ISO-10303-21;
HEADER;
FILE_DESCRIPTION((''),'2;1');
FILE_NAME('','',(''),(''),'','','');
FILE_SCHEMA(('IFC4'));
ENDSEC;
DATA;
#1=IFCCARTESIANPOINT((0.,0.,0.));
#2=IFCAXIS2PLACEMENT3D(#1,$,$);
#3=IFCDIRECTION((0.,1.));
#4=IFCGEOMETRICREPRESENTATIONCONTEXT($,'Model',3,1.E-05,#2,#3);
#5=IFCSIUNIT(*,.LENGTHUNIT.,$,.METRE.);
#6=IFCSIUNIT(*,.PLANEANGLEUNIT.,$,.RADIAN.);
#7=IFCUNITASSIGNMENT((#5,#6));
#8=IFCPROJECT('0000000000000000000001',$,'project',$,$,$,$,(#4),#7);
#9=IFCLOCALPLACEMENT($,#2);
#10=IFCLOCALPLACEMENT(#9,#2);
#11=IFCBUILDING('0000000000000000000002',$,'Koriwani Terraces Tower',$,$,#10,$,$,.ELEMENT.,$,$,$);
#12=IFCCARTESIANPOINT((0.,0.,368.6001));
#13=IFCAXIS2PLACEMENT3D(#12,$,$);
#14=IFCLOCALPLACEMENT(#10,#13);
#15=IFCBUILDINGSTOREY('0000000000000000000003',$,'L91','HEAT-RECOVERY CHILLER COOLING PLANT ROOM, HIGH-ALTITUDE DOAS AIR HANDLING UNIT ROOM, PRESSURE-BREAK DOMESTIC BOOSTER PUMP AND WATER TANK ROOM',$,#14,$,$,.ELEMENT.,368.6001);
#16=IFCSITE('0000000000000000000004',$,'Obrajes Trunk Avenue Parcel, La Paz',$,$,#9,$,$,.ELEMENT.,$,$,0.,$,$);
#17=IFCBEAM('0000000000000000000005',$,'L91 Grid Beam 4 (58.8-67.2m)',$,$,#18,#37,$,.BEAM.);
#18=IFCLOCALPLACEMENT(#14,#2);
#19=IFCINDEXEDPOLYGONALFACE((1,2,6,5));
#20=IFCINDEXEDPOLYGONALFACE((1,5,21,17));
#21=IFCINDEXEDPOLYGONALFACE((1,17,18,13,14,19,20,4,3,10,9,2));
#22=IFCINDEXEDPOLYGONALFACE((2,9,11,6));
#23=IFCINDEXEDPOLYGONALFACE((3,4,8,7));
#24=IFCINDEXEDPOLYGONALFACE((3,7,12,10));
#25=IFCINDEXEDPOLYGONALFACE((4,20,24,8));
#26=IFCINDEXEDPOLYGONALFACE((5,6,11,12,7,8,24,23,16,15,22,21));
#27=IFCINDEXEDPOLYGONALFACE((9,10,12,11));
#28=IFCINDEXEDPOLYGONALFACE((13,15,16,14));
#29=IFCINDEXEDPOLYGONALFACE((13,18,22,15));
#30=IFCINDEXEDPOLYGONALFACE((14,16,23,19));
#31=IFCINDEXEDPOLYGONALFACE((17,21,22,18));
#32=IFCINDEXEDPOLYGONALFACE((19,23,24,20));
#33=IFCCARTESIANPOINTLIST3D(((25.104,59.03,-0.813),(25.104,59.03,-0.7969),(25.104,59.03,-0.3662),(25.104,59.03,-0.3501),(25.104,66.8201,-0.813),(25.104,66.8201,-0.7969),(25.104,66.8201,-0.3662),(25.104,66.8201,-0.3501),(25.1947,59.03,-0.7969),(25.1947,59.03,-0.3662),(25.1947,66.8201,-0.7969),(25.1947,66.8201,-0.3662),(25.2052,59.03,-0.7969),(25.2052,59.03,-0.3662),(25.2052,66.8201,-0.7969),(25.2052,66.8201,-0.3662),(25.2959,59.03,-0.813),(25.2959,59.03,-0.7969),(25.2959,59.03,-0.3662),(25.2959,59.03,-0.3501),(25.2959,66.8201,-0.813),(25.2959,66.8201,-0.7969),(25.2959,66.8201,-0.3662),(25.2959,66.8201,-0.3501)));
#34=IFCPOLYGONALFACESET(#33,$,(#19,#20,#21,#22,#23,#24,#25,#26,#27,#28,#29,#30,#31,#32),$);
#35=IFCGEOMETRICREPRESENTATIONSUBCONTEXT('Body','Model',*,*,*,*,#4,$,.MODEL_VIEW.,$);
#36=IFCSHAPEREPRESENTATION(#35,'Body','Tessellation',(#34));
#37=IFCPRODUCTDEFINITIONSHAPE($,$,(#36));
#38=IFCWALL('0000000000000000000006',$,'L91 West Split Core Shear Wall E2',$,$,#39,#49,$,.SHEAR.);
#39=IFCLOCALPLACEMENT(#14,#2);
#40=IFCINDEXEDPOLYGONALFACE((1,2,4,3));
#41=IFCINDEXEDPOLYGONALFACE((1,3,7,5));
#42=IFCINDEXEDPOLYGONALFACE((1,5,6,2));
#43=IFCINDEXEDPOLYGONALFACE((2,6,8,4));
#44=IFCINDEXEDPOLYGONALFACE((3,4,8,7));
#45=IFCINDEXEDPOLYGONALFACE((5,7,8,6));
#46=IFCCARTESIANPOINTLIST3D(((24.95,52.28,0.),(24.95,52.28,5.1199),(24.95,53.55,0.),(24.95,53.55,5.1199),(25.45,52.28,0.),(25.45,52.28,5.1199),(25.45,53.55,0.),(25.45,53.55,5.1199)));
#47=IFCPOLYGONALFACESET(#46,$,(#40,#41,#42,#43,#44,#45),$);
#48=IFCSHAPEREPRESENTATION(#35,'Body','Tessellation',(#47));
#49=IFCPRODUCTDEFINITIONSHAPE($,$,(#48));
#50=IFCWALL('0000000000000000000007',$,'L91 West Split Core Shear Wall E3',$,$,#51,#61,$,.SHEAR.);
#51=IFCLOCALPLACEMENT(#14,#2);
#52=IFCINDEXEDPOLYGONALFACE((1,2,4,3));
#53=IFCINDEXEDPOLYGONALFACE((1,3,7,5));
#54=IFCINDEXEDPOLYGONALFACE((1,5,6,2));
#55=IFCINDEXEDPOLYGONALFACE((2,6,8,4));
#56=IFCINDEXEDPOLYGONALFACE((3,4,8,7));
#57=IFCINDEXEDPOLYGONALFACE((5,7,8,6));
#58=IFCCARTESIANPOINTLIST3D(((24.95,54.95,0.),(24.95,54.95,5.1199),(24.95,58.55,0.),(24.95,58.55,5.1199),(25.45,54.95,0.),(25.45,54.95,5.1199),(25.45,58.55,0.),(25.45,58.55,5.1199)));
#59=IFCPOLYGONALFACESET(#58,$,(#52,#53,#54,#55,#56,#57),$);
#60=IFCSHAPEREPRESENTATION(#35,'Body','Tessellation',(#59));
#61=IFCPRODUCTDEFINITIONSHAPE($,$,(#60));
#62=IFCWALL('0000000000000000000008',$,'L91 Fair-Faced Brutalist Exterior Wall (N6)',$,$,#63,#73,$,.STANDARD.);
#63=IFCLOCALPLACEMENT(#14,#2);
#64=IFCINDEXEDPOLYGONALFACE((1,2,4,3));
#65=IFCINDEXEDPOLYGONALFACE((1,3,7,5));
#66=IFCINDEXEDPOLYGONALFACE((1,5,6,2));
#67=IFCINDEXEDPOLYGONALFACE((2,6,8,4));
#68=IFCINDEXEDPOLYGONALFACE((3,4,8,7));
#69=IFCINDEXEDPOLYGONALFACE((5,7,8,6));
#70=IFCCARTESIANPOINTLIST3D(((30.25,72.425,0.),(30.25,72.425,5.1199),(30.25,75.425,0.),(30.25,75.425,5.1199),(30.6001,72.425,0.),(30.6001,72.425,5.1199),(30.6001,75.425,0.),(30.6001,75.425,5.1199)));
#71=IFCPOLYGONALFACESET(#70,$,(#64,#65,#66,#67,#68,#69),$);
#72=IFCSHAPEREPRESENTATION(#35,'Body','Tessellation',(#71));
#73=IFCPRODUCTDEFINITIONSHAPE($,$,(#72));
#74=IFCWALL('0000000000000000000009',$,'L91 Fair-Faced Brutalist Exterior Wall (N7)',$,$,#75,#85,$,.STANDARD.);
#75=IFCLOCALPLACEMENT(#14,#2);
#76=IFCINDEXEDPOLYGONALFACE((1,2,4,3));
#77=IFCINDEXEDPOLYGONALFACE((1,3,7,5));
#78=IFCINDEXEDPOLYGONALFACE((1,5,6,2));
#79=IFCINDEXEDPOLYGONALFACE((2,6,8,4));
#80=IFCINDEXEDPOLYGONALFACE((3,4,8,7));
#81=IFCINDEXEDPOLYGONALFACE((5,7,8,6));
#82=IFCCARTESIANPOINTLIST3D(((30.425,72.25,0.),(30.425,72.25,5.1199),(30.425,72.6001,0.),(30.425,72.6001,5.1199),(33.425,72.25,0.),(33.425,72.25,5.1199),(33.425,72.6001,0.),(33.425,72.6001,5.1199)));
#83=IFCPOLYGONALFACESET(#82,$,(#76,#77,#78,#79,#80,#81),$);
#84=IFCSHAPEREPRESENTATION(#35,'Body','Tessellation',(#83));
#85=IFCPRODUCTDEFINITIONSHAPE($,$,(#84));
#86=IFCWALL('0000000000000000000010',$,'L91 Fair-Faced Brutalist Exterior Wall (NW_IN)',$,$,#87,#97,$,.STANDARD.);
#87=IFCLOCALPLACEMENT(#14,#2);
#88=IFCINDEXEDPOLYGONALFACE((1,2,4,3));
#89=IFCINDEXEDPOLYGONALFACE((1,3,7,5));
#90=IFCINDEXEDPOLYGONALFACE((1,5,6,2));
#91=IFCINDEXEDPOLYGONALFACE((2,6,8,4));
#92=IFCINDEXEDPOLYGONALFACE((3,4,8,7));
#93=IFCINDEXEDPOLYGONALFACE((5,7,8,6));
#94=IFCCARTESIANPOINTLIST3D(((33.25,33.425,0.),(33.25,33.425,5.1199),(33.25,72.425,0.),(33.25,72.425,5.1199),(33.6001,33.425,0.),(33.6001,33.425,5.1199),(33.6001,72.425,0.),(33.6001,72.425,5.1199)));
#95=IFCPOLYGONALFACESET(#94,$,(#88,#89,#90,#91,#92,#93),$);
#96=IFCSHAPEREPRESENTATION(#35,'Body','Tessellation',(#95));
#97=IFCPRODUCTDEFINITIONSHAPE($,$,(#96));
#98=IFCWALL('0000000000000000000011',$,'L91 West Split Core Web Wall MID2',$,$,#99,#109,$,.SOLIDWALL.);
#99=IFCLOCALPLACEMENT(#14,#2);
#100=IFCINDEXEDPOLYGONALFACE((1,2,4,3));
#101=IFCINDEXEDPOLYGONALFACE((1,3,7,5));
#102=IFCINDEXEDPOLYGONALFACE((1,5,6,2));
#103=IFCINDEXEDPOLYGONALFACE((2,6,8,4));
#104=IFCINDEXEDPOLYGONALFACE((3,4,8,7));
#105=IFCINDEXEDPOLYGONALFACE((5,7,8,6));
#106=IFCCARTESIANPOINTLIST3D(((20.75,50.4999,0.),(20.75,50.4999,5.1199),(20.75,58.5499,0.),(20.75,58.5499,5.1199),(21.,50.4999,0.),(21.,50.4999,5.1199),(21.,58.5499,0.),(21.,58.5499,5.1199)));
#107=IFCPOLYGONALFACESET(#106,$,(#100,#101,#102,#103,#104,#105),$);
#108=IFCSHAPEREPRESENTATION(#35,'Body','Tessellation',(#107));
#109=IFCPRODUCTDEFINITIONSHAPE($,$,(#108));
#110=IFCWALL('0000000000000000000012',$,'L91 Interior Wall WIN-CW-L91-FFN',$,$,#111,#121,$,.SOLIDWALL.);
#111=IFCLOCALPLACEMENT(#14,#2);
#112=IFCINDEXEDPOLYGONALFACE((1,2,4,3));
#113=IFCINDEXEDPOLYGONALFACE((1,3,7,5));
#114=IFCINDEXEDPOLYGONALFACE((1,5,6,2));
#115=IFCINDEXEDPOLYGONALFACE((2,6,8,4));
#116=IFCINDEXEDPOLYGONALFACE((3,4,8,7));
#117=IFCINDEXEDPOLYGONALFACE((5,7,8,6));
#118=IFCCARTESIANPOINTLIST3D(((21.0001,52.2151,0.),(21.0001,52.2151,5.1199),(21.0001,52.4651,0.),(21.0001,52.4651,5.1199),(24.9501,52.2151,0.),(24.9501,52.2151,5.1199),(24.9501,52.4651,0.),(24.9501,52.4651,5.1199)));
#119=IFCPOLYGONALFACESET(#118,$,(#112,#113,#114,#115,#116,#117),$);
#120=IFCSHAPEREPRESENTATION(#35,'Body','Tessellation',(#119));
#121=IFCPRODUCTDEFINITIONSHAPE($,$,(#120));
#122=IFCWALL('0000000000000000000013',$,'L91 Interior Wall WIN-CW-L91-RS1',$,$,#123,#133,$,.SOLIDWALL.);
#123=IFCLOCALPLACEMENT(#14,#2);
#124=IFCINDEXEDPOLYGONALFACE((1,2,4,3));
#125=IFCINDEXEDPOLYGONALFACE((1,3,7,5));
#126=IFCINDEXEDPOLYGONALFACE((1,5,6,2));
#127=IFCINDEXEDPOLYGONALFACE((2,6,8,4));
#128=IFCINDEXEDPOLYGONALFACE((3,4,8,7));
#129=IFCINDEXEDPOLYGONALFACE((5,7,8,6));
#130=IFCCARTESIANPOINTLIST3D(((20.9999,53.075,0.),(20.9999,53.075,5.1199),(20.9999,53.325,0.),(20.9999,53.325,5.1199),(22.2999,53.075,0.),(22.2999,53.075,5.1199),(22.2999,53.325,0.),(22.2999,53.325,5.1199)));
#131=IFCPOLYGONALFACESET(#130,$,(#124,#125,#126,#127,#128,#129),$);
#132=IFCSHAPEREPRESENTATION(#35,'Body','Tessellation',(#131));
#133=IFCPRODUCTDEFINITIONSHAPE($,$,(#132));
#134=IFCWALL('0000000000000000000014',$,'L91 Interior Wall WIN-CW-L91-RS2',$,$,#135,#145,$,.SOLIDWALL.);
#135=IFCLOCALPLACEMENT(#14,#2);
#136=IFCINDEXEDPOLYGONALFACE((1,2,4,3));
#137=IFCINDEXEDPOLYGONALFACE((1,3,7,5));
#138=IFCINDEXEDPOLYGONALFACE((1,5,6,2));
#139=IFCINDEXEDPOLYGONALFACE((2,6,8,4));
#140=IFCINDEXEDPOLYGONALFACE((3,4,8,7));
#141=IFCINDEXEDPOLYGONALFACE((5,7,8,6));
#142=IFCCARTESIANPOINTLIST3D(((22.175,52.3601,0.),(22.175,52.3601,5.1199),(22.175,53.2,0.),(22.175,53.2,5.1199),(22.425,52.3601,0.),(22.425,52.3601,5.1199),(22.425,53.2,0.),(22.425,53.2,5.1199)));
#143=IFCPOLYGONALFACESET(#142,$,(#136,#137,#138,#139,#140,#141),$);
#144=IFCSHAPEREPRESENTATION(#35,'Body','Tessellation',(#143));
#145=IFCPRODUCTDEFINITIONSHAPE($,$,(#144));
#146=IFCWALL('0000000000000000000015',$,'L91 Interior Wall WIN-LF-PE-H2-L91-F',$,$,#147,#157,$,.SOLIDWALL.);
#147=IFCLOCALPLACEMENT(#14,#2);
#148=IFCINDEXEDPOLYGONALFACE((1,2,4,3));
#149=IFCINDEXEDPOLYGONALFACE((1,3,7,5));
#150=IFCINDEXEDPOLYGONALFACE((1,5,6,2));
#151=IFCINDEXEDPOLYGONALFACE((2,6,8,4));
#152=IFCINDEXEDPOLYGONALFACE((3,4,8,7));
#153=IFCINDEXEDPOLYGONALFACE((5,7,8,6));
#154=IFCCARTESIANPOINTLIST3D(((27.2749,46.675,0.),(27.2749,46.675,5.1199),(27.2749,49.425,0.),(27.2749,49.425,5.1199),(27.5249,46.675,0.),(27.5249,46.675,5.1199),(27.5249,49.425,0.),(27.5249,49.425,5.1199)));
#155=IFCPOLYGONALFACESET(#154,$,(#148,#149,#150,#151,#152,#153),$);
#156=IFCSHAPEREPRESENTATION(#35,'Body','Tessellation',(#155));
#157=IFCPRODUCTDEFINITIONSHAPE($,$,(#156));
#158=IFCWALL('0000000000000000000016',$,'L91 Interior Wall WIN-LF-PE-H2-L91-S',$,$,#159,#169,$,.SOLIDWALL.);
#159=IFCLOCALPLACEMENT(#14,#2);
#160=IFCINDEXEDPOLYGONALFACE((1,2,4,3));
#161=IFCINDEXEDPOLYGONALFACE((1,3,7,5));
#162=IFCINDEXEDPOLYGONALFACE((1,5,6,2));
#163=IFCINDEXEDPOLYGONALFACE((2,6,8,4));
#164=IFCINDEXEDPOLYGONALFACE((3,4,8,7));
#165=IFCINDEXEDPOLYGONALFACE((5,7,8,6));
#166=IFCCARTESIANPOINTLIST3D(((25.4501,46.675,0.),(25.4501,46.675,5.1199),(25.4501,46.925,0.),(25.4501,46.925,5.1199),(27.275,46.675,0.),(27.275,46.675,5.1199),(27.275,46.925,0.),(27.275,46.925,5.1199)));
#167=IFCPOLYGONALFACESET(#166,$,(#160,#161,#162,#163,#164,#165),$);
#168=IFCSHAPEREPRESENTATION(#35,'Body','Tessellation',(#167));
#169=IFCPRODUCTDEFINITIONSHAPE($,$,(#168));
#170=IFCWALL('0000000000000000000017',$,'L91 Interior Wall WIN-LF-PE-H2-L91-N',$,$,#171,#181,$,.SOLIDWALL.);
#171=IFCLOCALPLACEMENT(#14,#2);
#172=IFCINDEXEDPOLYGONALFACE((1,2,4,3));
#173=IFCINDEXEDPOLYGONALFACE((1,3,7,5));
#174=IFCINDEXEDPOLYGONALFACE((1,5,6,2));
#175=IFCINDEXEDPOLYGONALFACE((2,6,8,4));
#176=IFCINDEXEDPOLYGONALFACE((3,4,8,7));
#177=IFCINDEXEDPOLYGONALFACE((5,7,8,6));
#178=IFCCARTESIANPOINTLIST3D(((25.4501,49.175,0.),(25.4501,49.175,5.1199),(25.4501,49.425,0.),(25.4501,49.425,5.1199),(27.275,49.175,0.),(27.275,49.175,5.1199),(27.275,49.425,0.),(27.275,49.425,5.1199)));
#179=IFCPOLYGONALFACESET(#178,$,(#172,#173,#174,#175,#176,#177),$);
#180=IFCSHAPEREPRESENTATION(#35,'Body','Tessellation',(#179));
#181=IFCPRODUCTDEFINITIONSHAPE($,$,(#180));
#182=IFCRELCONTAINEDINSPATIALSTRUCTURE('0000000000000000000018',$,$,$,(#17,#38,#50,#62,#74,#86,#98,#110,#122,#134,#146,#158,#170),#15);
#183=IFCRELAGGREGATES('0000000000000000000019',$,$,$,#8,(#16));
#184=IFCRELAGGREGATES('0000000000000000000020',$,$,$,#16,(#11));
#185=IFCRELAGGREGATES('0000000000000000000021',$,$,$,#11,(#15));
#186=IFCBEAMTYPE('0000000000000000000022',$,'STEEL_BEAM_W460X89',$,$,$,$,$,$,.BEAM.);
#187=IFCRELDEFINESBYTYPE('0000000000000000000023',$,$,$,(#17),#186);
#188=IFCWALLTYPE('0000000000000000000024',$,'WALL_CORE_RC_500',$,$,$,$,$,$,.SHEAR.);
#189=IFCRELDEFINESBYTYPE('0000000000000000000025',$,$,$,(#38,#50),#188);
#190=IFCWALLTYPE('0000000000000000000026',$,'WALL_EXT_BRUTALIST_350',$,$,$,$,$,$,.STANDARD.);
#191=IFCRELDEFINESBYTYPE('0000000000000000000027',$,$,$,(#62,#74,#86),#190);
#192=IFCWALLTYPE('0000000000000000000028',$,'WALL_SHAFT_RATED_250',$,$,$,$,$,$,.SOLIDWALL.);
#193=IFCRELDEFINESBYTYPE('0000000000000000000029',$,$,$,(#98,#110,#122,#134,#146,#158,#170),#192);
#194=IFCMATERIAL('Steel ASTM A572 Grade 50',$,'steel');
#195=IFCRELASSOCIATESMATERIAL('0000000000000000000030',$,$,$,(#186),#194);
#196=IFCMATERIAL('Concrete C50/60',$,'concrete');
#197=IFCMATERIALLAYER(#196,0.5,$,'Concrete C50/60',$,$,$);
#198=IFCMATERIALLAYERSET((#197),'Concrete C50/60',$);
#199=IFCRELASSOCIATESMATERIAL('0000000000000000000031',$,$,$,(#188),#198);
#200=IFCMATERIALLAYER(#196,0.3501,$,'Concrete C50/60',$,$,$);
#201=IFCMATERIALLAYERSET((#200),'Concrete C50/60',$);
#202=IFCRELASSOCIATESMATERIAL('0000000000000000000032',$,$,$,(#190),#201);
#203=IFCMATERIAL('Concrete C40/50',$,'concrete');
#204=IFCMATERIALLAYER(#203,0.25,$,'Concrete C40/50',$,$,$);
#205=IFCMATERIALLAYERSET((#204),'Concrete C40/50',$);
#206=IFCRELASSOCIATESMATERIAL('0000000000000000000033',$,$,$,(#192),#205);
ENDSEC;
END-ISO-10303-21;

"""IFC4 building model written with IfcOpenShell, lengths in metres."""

from ifc_helpers import new_model, si_unit, direction, frame, frame_2d, origin, origin_2d, place, context, subcontext, project, spatial, rectangle, i_section, extrude, material, layer, layer_set, material_profile, profile_set, type_object, element, save


model = new_model("IFC4")

# Units and contexts
model_context = context("Model", 3, precision=1e-05, world=origin(), true_north=direction((0.0, 1.0)))
body_context = subcontext(model_context, "Body", "Model", "MODEL_VIEW")
ifc_project = project(units=[si_unit("LENGTHUNIT", "METRE"), si_unit("PLANEANGLEUNIT", "RADIAN")], contexts=[model_context])

# Site, building, storey
site_placement = place(None, origin())
site = spatial("IfcSite", under=ifc_project, at=site_placement, Name="Obrajes Trunk Avenue Parcel, La Paz", CompositionType="ELEMENT", RefElevation=0.0)
building_placement = place(site_placement, origin())
building = spatial("IfcBuilding", under=site, at=building_placement, Name="Koriwani Terraces Tower", CompositionType="ELEMENT")
storey_placement = place(building_placement, frame((0.0, 0.0, 368.6001)))
storey = spatial("IfcBuildingStorey", under=building, at=storey_placement, Name="L91", Description="HEAT-RECOVERY CHILLER COOLING PLANT ROOM, HIGH-ALTITUDE DOAS AIR HANDLING UNIT ROOM, PRESSURE-BREAK DOMESTIC BOOSTER PUMP AND WATER TANK ROOM", CompositionType="ELEMENT", Elevation=368.6001)

# Shared definitions
ifc_material_1 = material(Name="Concrete C50/60", Category="concrete")

# Beam
ifc_material_2 = material(Name="Concrete C40/50", Category="concrete")
ifc_material_3 = material(Name="Steel ASTM A572 Grade 50", Category="steel")
ifc_material_profile_1 = material_profile(ifc_material_3, i_section(OverallWidth=0.1919, OverallDepth=0.4629, WebThickness=0.0105, FlangeThickness=0.0161, at=origin_2d()), Name="Steel ASTM A572 Grade 50", Category="LoadBearing")
ifc_profile_set_1 = profile_set([ifc_material_profile_1], Name="Steel ASTM A572 Grade 50")
beam_type_1 = type_object("IfcBeamType", Name="STEEL_BEAM_W460X89", PredefinedType="BEAM", material=ifc_profile_set_1)
beam_1_placement = place(storey_placement, frame((25.2, 59.03, -0.5815), z_axis=(0.0, 1.0, 0.0), x_axis=(-1.0, 0.0, 0.0)))
element("IfcBeam", 1, at=beam_1_placement, inside=storey, type_object=beam_type_1, Name="L91 Grid Beam 4 (58.8-67.2m)", PredefinedType="BEAM", context=body_context, shape_type="SweptSolid", body=[
    extrude(i_section(OverallWidth=0.1919, OverallDepth=0.4629, WebThickness=0.0105, FlangeThickness=0.0161, at=origin_2d()), origin(), (0.0, 0.0, 1.0), 7.79),
])

# Walls
ifc_layer_1 = layer(ifc_material_1, 0.5, Name="Concrete C50/60")
ifc_layer_set_1 = layer_set([ifc_layer_1], Name="Concrete C50/60")
wall_type_1 = type_object("IfcWallType", Name="WALL_CORE_RC_500", PredefinedType="SHEAR", material=ifc_layer_set_1)
wall_1_placement = place(storey_placement, frame((25.2, 52.28, 0.0), z_axis=(0.0, 0.0, 1.0), x_axis=(0.0, 1.0, 0.0)))
element("IfcWall", 2, at=wall_1_placement, inside=storey, type_object=wall_type_1, Name="L91 West Split Core Shear Wall E2", PredefinedType="SHEAR", context=body_context, shape_type="SweptSolid", body=[
    extrude(rectangle(XDim=1.27, YDim=0.5, at=frame_2d((0.635, 0.0))), origin(), (0.0, 0.0, 1.0), 5.1199),
])
wall_2_placement = place(storey_placement, frame((25.2, 54.95, 0.0), z_axis=(0.0, 0.0, 1.0), x_axis=(0.0, 1.0, 0.0)))
element("IfcWall", 3, at=wall_2_placement, inside=storey, type_object=wall_type_1, Name="L91 West Split Core Shear Wall E3", PredefinedType="SHEAR", context=body_context, shape_type="SweptSolid", body=[
    extrude(rectangle(XDim=3.6001, YDim=0.5, at=frame_2d((1.8, 0.0))), origin(), (0.0, 0.0, 1.0), 5.1199),
])
ifc_layer_2 = layer(ifc_material_1, 0.3501, Name="Concrete C50/60")
ifc_layer_set_2 = layer_set([ifc_layer_2], Name="Concrete C50/60")
wall_type_2 = type_object("IfcWallType", Name="WALL_EXT_BRUTALIST_350", PredefinedType="STANDARD", material=ifc_layer_set_2)
for number, where, z_axis, x_axis, name in (
    (4, (30.425, 75.425, 0.0), (0.0, 0.0, 1.0), (0.0, -1.0, 0.0), "L91 Fair-Faced Brutalist Exterior Wall (N6)"),
    (5, (30.425, 72.425, 0.0), (0.0, 0.0, 1.0), (1.0, 0.0, 0.0), "L91 Fair-Faced Brutalist Exterior Wall (N7)"),
):
    element("IfcWall", number, at=place(storey_placement, frame(where, z_axis=z_axis, x_axis=x_axis)), inside=storey, type_object=wall_type_2, Name=name, PredefinedType="STANDARD", context=body_context, shape_type="SweptSolid", body=[
        extrude(rectangle(XDim=3.0, YDim=0.3501, at=frame_2d((1.5, 0.0))), origin(), (0.0, 0.0, 1.0), 5.1199),
    ])
wall_3_placement = place(storey_placement, frame((33.425, 72.425, 0.0), z_axis=(0.0, 0.0, 1.0), x_axis=(0.0, -1.0, 0.0)))
element("IfcWall", 6, at=wall_3_placement, inside=storey, type_object=wall_type_2, Name="L91 Fair-Faced Brutalist Exterior Wall (NW_IN)", PredefinedType="STANDARD", context=body_context, shape_type="SweptSolid", body=[
    extrude(rectangle(XDim=39.0, YDim=0.3501, at=frame_2d((19.5, 0.0))), origin(), (0.0, 0.0, 1.0), 5.1199),
])
ifc_layer_3 = layer(ifc_material_2, 0.25, Name="Concrete C40/50")
ifc_layer_set_3 = layer_set([ifc_layer_3], Name="Concrete C40/50")
wall_type_3 = type_object("IfcWallType", Name="WALL_SHAFT_RATED_250", PredefinedType="SOLIDWALL", material=ifc_layer_set_3)
wall_4_placement = place(storey_placement, frame((20.875, 50.5, 0.0), z_axis=(0.0, 0.0, 1.0), x_axis=(0.0, 1.0, 0.0)))
element("IfcWall", 7, at=wall_4_placement, inside=storey, type_object=wall_type_3, Name="L91 West Split Core Web Wall MID2", PredefinedType="SOLIDWALL", context=body_context, shape_type="SweptSolid", body=[
    extrude(rectangle(XDim=8.05, YDim=0.25, at=frame_2d((4.0249, 0.0))), origin(), (0.0, 0.0, 1.0), 5.1199),
])

# Wall
wall_5_placement = place(storey_placement, frame((21.0, 52.3401, 0.0), z_axis=(0.0, 0.0, 1.0), x_axis=(1.0, 0.0, 0.0)))
element("IfcWall", 8, at=wall_5_placement, inside=storey, type_object=wall_type_3, Name="L91 Interior Wall WIN-CW-L91-FFN", PredefinedType="SOLIDWALL", context=body_context, shape_type="SweptSolid", body=[
    extrude(rectangle(XDim=3.95, YDim=0.25, at=frame_2d((1.9751, 0.0))), origin(), (0.0, 0.0, 1.0), 5.1199),
])

# Walls
wall_6_placement = place(storey_placement, frame((21.0, 53.2, 0.0), z_axis=(0.0, 0.0, 1.0), x_axis=(1.0, 0.0, 0.0)))
element("IfcWall", 9, at=wall_6_placement, inside=storey, type_object=wall_type_3, Name="L91 Interior Wall WIN-CW-L91-RS1", PredefinedType="SOLIDWALL", context=body_context, shape_type="SweptSolid", body=[
    extrude(rectangle(XDim=1.3, YDim=0.25, at=frame_2d((0.6499, 0.0))), origin(), (0.0, 0.0, 1.0), 5.1199),
])
wall_7_placement = place(storey_placement, frame((22.3, 52.3601, 0.0), z_axis=(0.0, 0.0, 1.0), x_axis=(0.0, 1.0, 0.0)))
element("IfcWall", 10, at=wall_7_placement, inside=storey, type_object=wall_type_3, Name="L91 Interior Wall WIN-CW-L91-RS2", PredefinedType="SOLIDWALL", context=body_context, shape_type="SweptSolid", body=[
    extrude(rectangle(XDim=0.8398, YDim=0.25, at=frame_2d((0.4199, 0.0))), origin(), (0.0, 0.0, 1.0), 5.1199),
])
wall_8_placement = place(storey_placement, frame((27.3999, 46.675, 0.0), z_axis=(0.0, 0.0, 1.0), x_axis=(0.0, 1.0, 0.0)))
element("IfcWall", 11, at=wall_8_placement, inside=storey, type_object=wall_type_3, Name="L91 Interior Wall WIN-LF-PE-H2-L91-F", PredefinedType="SOLIDWALL", context=body_context, shape_type="SweptSolid", body=[
    extrude(rectangle(XDim=2.75, YDim=0.25, at=frame_2d((1.375, 0.0))), origin(), (0.0, 0.0, 1.0), 5.1199),
])
for number, where, z_axis, x_axis, name in (
    (12, (25.45, 46.8, 0.0), (0.0, 0.0, 1.0), (1.0, 0.0, 0.0), "L91 Interior Wall WIN-LF-PE-H2-L91-S"),
    (13, (25.45, 49.3, 0.0), (0.0, 0.0, 1.0), (1.0, 0.0, 0.0), "L91 Interior Wall WIN-LF-PE-H2-L91-N"),
):
    element("IfcWall", number, at=place(storey_placement, frame(where, z_axis=z_axis, x_axis=x_axis)), inside=storey, type_object=wall_type_3, Name=name, PredefinedType="SOLIDWALL", context=body_context, shape_type="SweptSolid", body=[
        extrude(rectangle(XDim=1.825, YDim=0.25, at=frame_2d((0.9126, 0.0))), origin(), (0.0, 0.0, 1.0), 5.1199),
    ])

save(model, "model.ifc")
